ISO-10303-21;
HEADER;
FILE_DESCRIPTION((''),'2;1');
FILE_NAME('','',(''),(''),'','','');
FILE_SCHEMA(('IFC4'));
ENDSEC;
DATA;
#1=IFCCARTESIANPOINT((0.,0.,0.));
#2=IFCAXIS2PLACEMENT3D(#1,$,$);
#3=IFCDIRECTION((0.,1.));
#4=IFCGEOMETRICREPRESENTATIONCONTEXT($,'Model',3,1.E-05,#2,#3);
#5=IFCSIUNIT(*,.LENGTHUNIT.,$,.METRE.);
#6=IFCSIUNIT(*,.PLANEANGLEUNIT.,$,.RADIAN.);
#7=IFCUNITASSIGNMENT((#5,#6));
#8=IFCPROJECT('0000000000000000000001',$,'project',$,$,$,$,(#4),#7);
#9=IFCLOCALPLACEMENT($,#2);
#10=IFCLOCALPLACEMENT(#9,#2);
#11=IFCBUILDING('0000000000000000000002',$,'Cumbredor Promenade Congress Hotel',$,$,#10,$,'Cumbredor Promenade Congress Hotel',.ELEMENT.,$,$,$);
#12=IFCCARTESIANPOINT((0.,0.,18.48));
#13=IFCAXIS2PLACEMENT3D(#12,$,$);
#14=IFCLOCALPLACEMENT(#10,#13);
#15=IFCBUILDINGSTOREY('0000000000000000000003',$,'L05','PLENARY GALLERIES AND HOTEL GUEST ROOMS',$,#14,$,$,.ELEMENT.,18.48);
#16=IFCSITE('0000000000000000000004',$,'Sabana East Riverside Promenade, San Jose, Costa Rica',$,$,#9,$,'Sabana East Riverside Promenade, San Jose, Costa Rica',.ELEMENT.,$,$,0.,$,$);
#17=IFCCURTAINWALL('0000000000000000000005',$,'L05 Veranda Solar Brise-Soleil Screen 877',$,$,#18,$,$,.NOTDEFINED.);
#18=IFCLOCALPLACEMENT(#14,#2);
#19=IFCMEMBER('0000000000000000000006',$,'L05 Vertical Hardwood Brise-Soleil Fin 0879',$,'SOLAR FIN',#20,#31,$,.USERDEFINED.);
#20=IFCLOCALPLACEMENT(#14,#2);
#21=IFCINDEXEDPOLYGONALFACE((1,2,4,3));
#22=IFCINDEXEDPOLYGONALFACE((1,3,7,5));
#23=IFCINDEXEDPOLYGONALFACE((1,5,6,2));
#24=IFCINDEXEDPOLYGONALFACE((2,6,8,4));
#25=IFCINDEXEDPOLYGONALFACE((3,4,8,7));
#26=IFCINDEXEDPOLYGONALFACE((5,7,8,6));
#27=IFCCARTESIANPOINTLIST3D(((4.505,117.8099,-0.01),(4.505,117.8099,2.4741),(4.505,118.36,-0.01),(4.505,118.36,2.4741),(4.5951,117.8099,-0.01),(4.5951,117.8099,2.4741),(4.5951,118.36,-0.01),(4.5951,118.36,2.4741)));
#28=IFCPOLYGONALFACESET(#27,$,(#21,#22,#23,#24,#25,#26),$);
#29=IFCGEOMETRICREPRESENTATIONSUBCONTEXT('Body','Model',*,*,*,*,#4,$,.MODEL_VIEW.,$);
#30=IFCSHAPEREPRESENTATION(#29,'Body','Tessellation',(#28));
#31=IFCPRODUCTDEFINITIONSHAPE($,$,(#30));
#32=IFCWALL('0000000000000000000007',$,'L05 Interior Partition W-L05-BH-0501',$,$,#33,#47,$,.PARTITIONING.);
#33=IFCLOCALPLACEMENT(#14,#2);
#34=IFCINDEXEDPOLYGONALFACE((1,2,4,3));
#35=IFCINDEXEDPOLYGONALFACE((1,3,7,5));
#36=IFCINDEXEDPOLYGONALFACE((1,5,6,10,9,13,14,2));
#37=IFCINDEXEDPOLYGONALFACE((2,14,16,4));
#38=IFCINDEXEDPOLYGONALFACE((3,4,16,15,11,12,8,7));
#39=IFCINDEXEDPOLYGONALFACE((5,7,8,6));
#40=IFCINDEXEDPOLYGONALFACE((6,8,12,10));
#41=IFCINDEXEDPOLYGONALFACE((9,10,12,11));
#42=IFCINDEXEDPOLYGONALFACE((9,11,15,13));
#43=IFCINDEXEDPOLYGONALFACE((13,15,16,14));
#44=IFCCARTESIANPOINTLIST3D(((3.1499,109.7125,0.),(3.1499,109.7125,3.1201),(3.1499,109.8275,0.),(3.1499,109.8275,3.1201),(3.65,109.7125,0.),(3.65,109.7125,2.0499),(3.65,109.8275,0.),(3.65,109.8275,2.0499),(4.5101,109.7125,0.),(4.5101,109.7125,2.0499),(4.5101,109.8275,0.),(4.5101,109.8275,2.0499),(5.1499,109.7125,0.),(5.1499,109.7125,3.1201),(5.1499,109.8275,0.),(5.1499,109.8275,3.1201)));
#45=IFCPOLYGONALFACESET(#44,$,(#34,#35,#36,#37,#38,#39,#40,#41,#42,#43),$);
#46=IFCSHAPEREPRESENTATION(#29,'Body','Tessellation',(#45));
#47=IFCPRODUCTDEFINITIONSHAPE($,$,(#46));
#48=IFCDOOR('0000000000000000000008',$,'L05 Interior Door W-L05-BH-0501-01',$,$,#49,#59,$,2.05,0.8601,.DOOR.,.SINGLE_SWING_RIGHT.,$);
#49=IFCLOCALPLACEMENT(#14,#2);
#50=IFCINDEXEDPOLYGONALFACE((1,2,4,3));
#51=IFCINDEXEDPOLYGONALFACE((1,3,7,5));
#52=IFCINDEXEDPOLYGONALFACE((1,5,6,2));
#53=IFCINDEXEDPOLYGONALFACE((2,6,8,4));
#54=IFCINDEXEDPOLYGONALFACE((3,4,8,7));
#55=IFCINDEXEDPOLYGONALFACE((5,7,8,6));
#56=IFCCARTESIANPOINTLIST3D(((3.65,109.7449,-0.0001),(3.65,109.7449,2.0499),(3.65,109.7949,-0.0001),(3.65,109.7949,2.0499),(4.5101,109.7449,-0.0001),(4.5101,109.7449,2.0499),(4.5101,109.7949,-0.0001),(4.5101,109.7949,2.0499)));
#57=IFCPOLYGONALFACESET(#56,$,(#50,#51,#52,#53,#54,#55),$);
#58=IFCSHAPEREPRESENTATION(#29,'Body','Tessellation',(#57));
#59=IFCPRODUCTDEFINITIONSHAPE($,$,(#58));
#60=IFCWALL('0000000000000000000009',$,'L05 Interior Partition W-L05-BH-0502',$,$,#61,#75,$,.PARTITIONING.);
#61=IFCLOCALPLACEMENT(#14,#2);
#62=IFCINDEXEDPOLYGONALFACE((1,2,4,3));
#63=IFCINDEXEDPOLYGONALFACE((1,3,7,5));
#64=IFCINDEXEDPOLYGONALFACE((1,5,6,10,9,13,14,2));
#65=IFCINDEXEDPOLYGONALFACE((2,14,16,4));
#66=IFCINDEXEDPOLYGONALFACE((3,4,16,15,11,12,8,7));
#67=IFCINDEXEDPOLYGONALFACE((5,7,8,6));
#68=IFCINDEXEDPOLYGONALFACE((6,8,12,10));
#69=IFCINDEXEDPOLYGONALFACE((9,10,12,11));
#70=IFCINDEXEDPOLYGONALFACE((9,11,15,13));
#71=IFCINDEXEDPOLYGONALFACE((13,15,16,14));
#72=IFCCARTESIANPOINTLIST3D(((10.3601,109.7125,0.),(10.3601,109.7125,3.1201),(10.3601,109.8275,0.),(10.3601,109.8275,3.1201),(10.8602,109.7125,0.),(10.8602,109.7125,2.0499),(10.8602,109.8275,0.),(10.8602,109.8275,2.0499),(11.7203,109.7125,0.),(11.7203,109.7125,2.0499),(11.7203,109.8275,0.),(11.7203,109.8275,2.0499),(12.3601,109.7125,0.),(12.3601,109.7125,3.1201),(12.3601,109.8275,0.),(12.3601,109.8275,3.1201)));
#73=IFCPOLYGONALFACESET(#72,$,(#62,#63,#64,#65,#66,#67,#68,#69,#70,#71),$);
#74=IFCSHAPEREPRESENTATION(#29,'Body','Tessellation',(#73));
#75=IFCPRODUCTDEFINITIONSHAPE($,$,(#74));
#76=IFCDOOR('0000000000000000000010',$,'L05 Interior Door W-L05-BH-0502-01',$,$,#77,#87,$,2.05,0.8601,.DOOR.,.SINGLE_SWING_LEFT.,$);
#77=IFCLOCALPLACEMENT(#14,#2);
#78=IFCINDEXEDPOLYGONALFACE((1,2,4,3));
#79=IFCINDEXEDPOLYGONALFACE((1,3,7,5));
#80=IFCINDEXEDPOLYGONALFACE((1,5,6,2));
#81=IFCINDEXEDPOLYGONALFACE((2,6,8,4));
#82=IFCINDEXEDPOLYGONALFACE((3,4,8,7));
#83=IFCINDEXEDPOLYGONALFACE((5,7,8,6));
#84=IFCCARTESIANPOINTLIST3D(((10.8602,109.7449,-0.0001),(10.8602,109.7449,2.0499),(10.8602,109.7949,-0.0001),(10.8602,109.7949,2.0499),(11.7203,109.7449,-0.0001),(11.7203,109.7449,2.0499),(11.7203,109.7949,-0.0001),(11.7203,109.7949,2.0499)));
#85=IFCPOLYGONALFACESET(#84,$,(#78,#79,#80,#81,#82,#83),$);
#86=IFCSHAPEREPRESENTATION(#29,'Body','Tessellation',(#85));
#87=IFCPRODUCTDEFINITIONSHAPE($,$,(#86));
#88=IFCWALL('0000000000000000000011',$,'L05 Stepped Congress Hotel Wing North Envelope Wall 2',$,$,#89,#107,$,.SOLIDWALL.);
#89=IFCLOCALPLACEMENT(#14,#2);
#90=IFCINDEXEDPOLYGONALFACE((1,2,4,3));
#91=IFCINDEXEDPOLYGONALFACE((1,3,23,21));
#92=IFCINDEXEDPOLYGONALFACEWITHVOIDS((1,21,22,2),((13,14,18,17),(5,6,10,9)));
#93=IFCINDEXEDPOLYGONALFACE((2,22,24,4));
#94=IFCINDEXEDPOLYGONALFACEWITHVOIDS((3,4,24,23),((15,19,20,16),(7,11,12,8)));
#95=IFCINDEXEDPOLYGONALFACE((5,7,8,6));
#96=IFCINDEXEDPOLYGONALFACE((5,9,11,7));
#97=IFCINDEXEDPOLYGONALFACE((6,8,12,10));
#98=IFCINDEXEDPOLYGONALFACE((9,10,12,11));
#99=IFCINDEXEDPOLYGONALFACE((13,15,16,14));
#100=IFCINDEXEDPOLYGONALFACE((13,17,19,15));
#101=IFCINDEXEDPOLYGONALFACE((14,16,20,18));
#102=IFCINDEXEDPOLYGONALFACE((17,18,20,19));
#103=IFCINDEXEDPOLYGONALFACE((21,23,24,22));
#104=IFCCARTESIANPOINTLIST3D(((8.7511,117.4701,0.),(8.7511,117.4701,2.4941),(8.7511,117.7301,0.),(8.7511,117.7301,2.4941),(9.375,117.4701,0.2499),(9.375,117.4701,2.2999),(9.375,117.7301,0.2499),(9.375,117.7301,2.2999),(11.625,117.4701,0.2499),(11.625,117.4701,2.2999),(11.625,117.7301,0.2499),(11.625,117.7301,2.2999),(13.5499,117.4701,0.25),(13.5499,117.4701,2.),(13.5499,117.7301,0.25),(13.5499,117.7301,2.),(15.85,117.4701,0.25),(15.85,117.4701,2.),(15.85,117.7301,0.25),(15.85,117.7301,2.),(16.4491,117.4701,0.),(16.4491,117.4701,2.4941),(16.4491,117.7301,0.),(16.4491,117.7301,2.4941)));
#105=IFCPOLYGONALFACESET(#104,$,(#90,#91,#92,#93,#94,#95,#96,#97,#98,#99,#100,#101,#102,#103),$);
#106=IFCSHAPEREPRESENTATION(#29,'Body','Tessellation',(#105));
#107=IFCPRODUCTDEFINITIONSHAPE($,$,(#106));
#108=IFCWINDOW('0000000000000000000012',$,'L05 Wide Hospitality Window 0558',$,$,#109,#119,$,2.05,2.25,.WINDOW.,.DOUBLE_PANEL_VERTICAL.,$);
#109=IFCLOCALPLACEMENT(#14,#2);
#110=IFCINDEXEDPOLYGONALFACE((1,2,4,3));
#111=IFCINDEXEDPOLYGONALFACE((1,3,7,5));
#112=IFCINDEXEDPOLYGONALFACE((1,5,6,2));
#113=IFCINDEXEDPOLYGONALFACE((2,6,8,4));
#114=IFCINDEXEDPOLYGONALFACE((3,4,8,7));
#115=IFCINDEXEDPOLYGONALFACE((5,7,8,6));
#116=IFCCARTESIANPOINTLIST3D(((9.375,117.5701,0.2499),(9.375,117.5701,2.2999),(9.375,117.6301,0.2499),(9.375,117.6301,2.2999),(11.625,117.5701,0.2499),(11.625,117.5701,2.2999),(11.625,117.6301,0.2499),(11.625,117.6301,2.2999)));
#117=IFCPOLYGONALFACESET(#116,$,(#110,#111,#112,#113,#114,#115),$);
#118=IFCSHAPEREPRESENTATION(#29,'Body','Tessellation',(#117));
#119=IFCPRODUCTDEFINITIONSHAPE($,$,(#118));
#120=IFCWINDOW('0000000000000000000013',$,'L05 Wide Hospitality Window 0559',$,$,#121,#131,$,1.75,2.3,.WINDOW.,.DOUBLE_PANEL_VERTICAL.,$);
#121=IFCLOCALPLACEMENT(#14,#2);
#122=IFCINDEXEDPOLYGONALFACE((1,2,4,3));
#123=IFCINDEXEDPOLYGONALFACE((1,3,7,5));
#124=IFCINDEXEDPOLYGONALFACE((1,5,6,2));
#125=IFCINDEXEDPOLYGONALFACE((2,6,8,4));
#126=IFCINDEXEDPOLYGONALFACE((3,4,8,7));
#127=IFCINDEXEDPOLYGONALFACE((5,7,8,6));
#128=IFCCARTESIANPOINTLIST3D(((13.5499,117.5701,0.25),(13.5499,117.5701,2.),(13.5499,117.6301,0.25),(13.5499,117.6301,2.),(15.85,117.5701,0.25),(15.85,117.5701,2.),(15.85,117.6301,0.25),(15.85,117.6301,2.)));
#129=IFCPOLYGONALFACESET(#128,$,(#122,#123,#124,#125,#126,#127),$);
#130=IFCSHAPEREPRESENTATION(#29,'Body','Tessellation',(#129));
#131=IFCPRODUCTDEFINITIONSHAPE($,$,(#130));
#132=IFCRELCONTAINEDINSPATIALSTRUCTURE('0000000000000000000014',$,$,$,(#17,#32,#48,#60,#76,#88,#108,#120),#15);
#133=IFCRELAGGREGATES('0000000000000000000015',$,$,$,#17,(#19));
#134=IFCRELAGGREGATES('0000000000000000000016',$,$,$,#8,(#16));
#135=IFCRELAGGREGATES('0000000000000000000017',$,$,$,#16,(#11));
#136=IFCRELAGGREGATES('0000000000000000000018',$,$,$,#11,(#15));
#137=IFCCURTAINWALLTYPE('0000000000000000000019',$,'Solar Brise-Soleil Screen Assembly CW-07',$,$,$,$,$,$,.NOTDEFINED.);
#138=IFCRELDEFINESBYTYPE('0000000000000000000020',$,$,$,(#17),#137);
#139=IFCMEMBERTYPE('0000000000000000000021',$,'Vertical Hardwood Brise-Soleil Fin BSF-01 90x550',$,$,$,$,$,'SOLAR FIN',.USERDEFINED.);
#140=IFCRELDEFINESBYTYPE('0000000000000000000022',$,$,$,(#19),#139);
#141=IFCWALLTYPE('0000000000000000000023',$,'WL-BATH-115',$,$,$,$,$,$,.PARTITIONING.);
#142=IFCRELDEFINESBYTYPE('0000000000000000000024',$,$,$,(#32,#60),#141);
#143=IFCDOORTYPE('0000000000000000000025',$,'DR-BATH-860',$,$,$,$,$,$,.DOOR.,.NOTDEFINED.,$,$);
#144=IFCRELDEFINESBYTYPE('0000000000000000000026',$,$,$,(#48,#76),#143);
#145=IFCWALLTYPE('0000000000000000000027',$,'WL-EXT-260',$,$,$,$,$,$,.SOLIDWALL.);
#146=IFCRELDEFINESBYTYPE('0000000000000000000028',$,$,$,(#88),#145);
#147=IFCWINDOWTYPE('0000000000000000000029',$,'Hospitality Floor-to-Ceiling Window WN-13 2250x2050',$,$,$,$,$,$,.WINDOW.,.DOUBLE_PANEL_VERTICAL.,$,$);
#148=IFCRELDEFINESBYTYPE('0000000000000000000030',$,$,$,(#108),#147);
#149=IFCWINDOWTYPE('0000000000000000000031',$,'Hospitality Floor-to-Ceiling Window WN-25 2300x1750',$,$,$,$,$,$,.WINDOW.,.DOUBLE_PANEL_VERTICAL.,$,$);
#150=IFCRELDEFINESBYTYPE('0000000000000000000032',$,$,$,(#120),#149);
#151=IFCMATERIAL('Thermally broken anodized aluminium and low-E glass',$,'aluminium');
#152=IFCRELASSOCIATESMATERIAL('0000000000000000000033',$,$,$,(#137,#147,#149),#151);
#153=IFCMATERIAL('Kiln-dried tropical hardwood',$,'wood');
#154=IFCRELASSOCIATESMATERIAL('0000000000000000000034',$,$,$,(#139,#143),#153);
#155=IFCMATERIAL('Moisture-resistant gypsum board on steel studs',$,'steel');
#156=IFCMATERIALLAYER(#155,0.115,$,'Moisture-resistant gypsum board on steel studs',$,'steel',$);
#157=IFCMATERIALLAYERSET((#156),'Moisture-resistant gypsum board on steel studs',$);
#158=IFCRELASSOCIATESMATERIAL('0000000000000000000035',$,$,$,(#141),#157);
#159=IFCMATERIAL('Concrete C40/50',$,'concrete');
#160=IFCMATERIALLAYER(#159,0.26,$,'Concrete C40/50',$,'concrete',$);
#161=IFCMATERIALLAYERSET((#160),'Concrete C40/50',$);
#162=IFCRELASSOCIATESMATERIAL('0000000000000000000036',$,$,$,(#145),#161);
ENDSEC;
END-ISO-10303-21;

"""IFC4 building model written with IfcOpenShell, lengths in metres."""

from ifc_helpers import new_model, si_unit, direction, frame, frame_2d, origin, origin_2d, place, context, subcontext, project, spatial, rectangle, extrude, material, layer, layer_set, material_profile, profile_set, type_object, element, fill, aggregate, save


model = new_model("IFC4")

# Units and contexts
model_context = context("Model", 3, precision=1e-05, world=origin(), true_north=direction((0.0, 1.0)))
body_context = subcontext(model_context, "Body", "Model", "MODEL_VIEW")
ifc_project = project(units=[si_unit("LENGTHUNIT", "METRE"), si_unit("PLANEANGLEUNIT", "RADIAN")], contexts=[model_context])

# Site, building, storey
site_placement = place(None, origin())
site = spatial("IfcSite", under=ifc_project, at=site_placement, Name="Sabana East Riverside Promenade, San Jose, Costa Rica", LongName="Sabana East Riverside Promenade, San Jose, Costa Rica", CompositionType="ELEMENT", RefElevation=0.0)
building_placement = place(site_placement, origin())
building = spatial("IfcBuilding", under=site, at=building_placement, Name="Cumbredor Promenade Congress Hotel", LongName="Cumbredor Promenade Congress Hotel", CompositionType="ELEMENT")
storey_placement = place(building_placement, frame((0.0, 0.0, 18.48)))
storey = spatial("IfcBuildingStorey", under=building, at=storey_placement, Name="L05", Description="PLENARY GALLERIES AND HOTEL GUEST ROOMS", CompositionType="ELEMENT", Elevation=18.48)

# Shared definitions
ifc_material_1 = material(Name="Concrete C40/50", Category="concrete")

# Curtain wall
ifc_material_2 = material(Name="Thermally broken anodized aluminium and low-E glass", Category="aluminium")
curtain_wall_type = type_object("IfcCurtainWallType", Name="Solar Brise-Soleil Screen Assembly CW-07", PredefinedType="NOTDEFINED", material=ifc_material_2)
curtain_wall_1_placement = place(storey_placement, origin())
curtain_wall_1 = element("IfcCurtainWall", 1, at=curtain_wall_1_placement, inside=storey, type_object=curtain_wall_type, Name="L05 Veranda Solar Brise-Soleil Screen 877", PredefinedType="NOTDEFINED")

# Member
ifc_material_3 = material(Name="Kiln-dried tropical hardwood", Category="wood")
ifc_material_profile_1 = material_profile(ifc_material_3, rectangle(XDim=0.0901, YDim=0.55, at=origin_2d()), Name="ARCH FIN 90x550")
ifc_profile_set_1 = profile_set([ifc_material_profile_1], Name="Kiln-dried tropical hardwood")
member_type_1 = type_object("IfcMemberType", Name="Vertical Hardwood Brise-Soleil Fin BSF-01 90x550", ElementType="SOLAR FIN", PredefinedType="USERDEFINED", material=ifc_profile_set_1)
member_1_placement = place(storey_placement, frame((4.55, 118.085, -0.01), z_axis=(0.0, 0.0, 1.0), x_axis=(1.0, 0.0, 0.0)))
member_1 = element("IfcMember", 2, at=member_1_placement, type_object=member_type_1, Name="L05 Vertical Hardwood Brise-Soleil Fin 0879", ObjectType="SOLAR FIN", PredefinedType="USERDEFINED", context=body_context, shape_type="SweptSolid", body=[
    extrude(rectangle(XDim=0.0901, YDim=0.55, at=origin_2d()), origin(), (0.0, 0.0, 1.0), 2.4841),
])
aggregate(curtain_wall_1, [member_1])

# Walls, openings, doors
ifc_material_4 = material(Name="Moisture-resistant gypsum board on steel studs", Category="steel")
ifc_layer_1 = layer(ifc_material_4, 0.115, Name="Moisture-resistant gypsum board on steel studs", Category="steel")
ifc_layer_set_1 = layer_set([ifc_layer_1], Name="Moisture-resistant gypsum board on steel studs")
wall_type_1 = type_object("IfcWallType", Name="WL-BATH-115", PredefinedType="PARTITIONING", material=ifc_layer_set_1)
wall_1_placement = place(storey_placement, frame((3.1499, 109.77, 0.0), z_axis=(0.0, 0.0, 1.0), x_axis=(1.0, 0.0, 0.0)))
wall_1 = element("IfcWall", 3, at=wall_1_placement, inside=storey, type_object=wall_type_1, Name="L05 Interior Partition W-L05-BH-0501", PredefinedType="PARTITIONING", context=body_context, shape_type="SweptSolid", body=[
    extrude(rectangle(XDim=2.0, YDim=0.115, at=frame_2d((1.0, 0.0))), origin(), (0.0, 0.0, 1.0), 3.1201),
])
opening_1_placement = place(wall_1_placement, frame((0.5, 0.0, 0.0)))
opening_1 = element("IfcOpeningElement", 4, at=opening_1_placement, cuts=wall_1, PredefinedType="OPENING", context=body_context, shape_type="SweptSolid", body=[
    extrude(rectangle(XDim=0.8601, YDim=2.05, at=frame_2d((0.4302, 1.0249))), frame((0.0, 0.0674, 0.0), z_axis=(0.0, -1.0, 0.0), x_axis=(1.0, 0.0, 0.0)), (0.0, 0.0, 1.0), 0.135),
])
door_type_1 = type_object("IfcDoorType", Name="DR-BATH-860", OperationType="NOTDEFINED", PredefinedType="DOOR", material=ifc_material_3)
door_1_placement = place(opening_1_placement, origin())
door_1 = element("IfcDoor", 5, at=door_1_placement, inside=storey, type_object=door_type_1, Name="L05 Interior Door W-L05-BH-0501-01", OperationType="SINGLE_SWING_RIGHT", OverallHeight=2.05, OverallWidth=0.8601, PredefinedType="DOOR", context=body_context, shape_type="SweptSolid", body=[
    extrude(rectangle(XDim=0.8601, YDim=2.05, at=frame_2d((0.4302, 1.0249))), frame((0.0, 0.0249, 0.0), z_axis=(0.0, -1.0, 0.0), x_axis=(1.0, 0.0, 0.0)), (0.0, 0.0, 1.0), 0.05),
])
fill(opening_1, door_1)
wall_2_placement = place(storey_placement, frame((10.3601, 109.77, 0.0), z_axis=(0.0, 0.0, 1.0), x_axis=(1.0, 0.0, 0.0)))
wall_2 = element("IfcWall", 6, at=wall_2_placement, inside=storey, type_object=wall_type_1, Name="L05 Interior Partition W-L05-BH-0502", PredefinedType="PARTITIONING", context=body_context, shape_type="SweptSolid", body=[
    extrude(rectangle(XDim=2.0, YDim=0.115, at=frame_2d((1.0, 0.0))), origin(), (0.0, 0.0, 1.0), 3.1201),
])
opening_2_placement = place(wall_2_placement, frame((0.5, 0.0, 0.0)))
opening_2 = element("IfcOpeningElement", 7, at=opening_2_placement, cuts=wall_2, PredefinedType="OPENING", context=body_context, shape_type="SweptSolid", body=[
    extrude(rectangle(XDim=0.8601, YDim=2.05, at=frame_2d((0.4302, 1.0249))), frame((0.0, 0.0674, 0.0), z_axis=(0.0, -1.0, 0.0), x_axis=(1.0, 0.0, 0.0)), (0.0, 0.0, 1.0), 0.135),
])
door_2_placement = place(opening_2_placement, origin())
door_2 = element("IfcDoor", 8, at=door_2_placement, inside=storey, type_object=door_type_1, Name="L05 Interior Door W-L05-BH-0502-01", OperationType="SINGLE_SWING_LEFT", OverallHeight=2.05, OverallWidth=0.8601, PredefinedType="DOOR", context=body_context, shape_type="SweptSolid", body=[
    extrude(rectangle(XDim=0.8601, YDim=2.05, at=frame_2d((0.4302, 1.0249))), frame((0.0, 0.0249, 0.0), z_axis=(0.0, -1.0, 0.0), x_axis=(1.0, 0.0, 0.0)), (0.0, 0.0, 1.0), 0.05),
])
fill(opening_2, door_2)

# Wall, openings, windows
ifc_layer_2 = layer(ifc_material_1, 0.26, Name="Concrete C40/50", Category="concrete")
ifc_layer_set_2 = layer_set([ifc_layer_2], Name="Concrete C40/50")
wall_type_2 = type_object("IfcWallType", Name="WL-EXT-260", PredefinedType="SOLIDWALL", material=ifc_layer_set_2)
wall_3_placement = place(storey_placement, frame((8.751, 117.6001, 0.0), z_axis=(0.0, 0.0, 1.0), x_axis=(1.0, 0.0, 0.0)))
wall_3 = element("IfcWall", 9, at=wall_3_placement, inside=storey, type_object=wall_type_2, Name="L05 Stepped Congress Hotel Wing North Envelope Wall 2", PredefinedType="SOLIDWALL", context=body_context, shape_type="SweptSolid", body=[
    extrude(rectangle(XDim=7.698, YDim=0.26, at=frame_2d((3.8491, 0.0))), origin(), (0.0, 0.0, 1.0), 2.4941),
])
opening_3_placement = place(wall_3_placement, frame((0.624, 0.0, 0.25)))
opening_3 = element("IfcOpeningElement", 10, at=opening_3_placement, cuts=wall_3, PredefinedType="OPENING", context=body_context, shape_type="SweptSolid", body=[
    extrude(rectangle(XDim=2.25, YDim=2.05, at=frame_2d((1.125, 1.0249))), frame((0.0, 0.1401, 0.0), z_axis=(0.0, -1.0, 0.0), x_axis=(1.0, 0.0, 0.0)), (0.0, 0.0, 1.0), 0.28),
])
opening_4_placement = place(wall_3_placement, frame((4.7991, 0.0, 0.25)))
opening_4 = element("IfcOpeningElement", 11, at=opening_4_placement, cuts=wall_3, PredefinedType="OPENING", context=body_context, shape_type="SweptSolid", body=[
    extrude(rectangle(XDim=2.3, YDim=1.75, at=frame_2d((1.1499, 0.875))), frame((0.0, 0.1401, 0.0), z_axis=(0.0, -1.0, 0.0), x_axis=(1.0, 0.0, 0.0)), (0.0, 0.0, 1.0), 0.28),
])
window_type_1 = type_object("IfcWindowType", Name="Hospitality Floor-to-Ceiling Window WN-13 2250x2050", PartitioningType="DOUBLE_PANEL_VERTICAL", PredefinedType="WINDOW", material=ifc_material_2)
window_1_placement = place(opening_3_placement, origin())
window_1 = element("IfcWindow", 12, at=window_1_placement, inside=storey, type_object=window_type_1, Name="L05 Wide Hospitality Window 0558", OverallHeight=2.05, OverallWidth=2.25, PartitioningType="DOUBLE_PANEL_VERTICAL", PredefinedType="WINDOW", context=body_context, shape_type="SweptSolid", body=[
    extrude(rectangle(XDim=2.25, YDim=2.05, at=frame_2d((1.125, 1.0249))), frame((0.0, 0.03, 0.0), z_axis=(0.0, -1.0, 0.0), x_axis=(1.0, 0.0, 0.0)), (0.0, 0.0, 1.0), 0.0601),
])
fill(opening_3, window_1)
window_type_2 = type_object("IfcWindowType", Name="Hospitality Floor-to-Ceiling Window WN-25 2300x1750", PartitioningType="DOUBLE_PANEL_VERTICAL", PredefinedType="WINDOW", material=ifc_material_2)
window_2_placement = place(opening_4_placement, origin())
window_2 = element("IfcWindow", 13, at=window_2_placement, inside=storey, type_object=window_type_2, Name="L05 Wide Hospitality Window 0559", OverallHeight=1.75, OverallWidth=2.3, PartitioningType="DOUBLE_PANEL_VERTICAL", PredefinedType="WINDOW", context=body_context, shape_type="SweptSolid", body=[
    extrude(rectangle(XDim=2.3, YDim=1.75, at=frame_2d((1.1499, 0.875))), frame((0.0, 0.03, 0.0), z_axis=(0.0, -1.0, 0.0), x_axis=(1.0, 0.0, 0.0)), (0.0, 0.0, 1.0), 0.0601),
])
fill(opening_4, window_2)

save(model, "model.ifc")
